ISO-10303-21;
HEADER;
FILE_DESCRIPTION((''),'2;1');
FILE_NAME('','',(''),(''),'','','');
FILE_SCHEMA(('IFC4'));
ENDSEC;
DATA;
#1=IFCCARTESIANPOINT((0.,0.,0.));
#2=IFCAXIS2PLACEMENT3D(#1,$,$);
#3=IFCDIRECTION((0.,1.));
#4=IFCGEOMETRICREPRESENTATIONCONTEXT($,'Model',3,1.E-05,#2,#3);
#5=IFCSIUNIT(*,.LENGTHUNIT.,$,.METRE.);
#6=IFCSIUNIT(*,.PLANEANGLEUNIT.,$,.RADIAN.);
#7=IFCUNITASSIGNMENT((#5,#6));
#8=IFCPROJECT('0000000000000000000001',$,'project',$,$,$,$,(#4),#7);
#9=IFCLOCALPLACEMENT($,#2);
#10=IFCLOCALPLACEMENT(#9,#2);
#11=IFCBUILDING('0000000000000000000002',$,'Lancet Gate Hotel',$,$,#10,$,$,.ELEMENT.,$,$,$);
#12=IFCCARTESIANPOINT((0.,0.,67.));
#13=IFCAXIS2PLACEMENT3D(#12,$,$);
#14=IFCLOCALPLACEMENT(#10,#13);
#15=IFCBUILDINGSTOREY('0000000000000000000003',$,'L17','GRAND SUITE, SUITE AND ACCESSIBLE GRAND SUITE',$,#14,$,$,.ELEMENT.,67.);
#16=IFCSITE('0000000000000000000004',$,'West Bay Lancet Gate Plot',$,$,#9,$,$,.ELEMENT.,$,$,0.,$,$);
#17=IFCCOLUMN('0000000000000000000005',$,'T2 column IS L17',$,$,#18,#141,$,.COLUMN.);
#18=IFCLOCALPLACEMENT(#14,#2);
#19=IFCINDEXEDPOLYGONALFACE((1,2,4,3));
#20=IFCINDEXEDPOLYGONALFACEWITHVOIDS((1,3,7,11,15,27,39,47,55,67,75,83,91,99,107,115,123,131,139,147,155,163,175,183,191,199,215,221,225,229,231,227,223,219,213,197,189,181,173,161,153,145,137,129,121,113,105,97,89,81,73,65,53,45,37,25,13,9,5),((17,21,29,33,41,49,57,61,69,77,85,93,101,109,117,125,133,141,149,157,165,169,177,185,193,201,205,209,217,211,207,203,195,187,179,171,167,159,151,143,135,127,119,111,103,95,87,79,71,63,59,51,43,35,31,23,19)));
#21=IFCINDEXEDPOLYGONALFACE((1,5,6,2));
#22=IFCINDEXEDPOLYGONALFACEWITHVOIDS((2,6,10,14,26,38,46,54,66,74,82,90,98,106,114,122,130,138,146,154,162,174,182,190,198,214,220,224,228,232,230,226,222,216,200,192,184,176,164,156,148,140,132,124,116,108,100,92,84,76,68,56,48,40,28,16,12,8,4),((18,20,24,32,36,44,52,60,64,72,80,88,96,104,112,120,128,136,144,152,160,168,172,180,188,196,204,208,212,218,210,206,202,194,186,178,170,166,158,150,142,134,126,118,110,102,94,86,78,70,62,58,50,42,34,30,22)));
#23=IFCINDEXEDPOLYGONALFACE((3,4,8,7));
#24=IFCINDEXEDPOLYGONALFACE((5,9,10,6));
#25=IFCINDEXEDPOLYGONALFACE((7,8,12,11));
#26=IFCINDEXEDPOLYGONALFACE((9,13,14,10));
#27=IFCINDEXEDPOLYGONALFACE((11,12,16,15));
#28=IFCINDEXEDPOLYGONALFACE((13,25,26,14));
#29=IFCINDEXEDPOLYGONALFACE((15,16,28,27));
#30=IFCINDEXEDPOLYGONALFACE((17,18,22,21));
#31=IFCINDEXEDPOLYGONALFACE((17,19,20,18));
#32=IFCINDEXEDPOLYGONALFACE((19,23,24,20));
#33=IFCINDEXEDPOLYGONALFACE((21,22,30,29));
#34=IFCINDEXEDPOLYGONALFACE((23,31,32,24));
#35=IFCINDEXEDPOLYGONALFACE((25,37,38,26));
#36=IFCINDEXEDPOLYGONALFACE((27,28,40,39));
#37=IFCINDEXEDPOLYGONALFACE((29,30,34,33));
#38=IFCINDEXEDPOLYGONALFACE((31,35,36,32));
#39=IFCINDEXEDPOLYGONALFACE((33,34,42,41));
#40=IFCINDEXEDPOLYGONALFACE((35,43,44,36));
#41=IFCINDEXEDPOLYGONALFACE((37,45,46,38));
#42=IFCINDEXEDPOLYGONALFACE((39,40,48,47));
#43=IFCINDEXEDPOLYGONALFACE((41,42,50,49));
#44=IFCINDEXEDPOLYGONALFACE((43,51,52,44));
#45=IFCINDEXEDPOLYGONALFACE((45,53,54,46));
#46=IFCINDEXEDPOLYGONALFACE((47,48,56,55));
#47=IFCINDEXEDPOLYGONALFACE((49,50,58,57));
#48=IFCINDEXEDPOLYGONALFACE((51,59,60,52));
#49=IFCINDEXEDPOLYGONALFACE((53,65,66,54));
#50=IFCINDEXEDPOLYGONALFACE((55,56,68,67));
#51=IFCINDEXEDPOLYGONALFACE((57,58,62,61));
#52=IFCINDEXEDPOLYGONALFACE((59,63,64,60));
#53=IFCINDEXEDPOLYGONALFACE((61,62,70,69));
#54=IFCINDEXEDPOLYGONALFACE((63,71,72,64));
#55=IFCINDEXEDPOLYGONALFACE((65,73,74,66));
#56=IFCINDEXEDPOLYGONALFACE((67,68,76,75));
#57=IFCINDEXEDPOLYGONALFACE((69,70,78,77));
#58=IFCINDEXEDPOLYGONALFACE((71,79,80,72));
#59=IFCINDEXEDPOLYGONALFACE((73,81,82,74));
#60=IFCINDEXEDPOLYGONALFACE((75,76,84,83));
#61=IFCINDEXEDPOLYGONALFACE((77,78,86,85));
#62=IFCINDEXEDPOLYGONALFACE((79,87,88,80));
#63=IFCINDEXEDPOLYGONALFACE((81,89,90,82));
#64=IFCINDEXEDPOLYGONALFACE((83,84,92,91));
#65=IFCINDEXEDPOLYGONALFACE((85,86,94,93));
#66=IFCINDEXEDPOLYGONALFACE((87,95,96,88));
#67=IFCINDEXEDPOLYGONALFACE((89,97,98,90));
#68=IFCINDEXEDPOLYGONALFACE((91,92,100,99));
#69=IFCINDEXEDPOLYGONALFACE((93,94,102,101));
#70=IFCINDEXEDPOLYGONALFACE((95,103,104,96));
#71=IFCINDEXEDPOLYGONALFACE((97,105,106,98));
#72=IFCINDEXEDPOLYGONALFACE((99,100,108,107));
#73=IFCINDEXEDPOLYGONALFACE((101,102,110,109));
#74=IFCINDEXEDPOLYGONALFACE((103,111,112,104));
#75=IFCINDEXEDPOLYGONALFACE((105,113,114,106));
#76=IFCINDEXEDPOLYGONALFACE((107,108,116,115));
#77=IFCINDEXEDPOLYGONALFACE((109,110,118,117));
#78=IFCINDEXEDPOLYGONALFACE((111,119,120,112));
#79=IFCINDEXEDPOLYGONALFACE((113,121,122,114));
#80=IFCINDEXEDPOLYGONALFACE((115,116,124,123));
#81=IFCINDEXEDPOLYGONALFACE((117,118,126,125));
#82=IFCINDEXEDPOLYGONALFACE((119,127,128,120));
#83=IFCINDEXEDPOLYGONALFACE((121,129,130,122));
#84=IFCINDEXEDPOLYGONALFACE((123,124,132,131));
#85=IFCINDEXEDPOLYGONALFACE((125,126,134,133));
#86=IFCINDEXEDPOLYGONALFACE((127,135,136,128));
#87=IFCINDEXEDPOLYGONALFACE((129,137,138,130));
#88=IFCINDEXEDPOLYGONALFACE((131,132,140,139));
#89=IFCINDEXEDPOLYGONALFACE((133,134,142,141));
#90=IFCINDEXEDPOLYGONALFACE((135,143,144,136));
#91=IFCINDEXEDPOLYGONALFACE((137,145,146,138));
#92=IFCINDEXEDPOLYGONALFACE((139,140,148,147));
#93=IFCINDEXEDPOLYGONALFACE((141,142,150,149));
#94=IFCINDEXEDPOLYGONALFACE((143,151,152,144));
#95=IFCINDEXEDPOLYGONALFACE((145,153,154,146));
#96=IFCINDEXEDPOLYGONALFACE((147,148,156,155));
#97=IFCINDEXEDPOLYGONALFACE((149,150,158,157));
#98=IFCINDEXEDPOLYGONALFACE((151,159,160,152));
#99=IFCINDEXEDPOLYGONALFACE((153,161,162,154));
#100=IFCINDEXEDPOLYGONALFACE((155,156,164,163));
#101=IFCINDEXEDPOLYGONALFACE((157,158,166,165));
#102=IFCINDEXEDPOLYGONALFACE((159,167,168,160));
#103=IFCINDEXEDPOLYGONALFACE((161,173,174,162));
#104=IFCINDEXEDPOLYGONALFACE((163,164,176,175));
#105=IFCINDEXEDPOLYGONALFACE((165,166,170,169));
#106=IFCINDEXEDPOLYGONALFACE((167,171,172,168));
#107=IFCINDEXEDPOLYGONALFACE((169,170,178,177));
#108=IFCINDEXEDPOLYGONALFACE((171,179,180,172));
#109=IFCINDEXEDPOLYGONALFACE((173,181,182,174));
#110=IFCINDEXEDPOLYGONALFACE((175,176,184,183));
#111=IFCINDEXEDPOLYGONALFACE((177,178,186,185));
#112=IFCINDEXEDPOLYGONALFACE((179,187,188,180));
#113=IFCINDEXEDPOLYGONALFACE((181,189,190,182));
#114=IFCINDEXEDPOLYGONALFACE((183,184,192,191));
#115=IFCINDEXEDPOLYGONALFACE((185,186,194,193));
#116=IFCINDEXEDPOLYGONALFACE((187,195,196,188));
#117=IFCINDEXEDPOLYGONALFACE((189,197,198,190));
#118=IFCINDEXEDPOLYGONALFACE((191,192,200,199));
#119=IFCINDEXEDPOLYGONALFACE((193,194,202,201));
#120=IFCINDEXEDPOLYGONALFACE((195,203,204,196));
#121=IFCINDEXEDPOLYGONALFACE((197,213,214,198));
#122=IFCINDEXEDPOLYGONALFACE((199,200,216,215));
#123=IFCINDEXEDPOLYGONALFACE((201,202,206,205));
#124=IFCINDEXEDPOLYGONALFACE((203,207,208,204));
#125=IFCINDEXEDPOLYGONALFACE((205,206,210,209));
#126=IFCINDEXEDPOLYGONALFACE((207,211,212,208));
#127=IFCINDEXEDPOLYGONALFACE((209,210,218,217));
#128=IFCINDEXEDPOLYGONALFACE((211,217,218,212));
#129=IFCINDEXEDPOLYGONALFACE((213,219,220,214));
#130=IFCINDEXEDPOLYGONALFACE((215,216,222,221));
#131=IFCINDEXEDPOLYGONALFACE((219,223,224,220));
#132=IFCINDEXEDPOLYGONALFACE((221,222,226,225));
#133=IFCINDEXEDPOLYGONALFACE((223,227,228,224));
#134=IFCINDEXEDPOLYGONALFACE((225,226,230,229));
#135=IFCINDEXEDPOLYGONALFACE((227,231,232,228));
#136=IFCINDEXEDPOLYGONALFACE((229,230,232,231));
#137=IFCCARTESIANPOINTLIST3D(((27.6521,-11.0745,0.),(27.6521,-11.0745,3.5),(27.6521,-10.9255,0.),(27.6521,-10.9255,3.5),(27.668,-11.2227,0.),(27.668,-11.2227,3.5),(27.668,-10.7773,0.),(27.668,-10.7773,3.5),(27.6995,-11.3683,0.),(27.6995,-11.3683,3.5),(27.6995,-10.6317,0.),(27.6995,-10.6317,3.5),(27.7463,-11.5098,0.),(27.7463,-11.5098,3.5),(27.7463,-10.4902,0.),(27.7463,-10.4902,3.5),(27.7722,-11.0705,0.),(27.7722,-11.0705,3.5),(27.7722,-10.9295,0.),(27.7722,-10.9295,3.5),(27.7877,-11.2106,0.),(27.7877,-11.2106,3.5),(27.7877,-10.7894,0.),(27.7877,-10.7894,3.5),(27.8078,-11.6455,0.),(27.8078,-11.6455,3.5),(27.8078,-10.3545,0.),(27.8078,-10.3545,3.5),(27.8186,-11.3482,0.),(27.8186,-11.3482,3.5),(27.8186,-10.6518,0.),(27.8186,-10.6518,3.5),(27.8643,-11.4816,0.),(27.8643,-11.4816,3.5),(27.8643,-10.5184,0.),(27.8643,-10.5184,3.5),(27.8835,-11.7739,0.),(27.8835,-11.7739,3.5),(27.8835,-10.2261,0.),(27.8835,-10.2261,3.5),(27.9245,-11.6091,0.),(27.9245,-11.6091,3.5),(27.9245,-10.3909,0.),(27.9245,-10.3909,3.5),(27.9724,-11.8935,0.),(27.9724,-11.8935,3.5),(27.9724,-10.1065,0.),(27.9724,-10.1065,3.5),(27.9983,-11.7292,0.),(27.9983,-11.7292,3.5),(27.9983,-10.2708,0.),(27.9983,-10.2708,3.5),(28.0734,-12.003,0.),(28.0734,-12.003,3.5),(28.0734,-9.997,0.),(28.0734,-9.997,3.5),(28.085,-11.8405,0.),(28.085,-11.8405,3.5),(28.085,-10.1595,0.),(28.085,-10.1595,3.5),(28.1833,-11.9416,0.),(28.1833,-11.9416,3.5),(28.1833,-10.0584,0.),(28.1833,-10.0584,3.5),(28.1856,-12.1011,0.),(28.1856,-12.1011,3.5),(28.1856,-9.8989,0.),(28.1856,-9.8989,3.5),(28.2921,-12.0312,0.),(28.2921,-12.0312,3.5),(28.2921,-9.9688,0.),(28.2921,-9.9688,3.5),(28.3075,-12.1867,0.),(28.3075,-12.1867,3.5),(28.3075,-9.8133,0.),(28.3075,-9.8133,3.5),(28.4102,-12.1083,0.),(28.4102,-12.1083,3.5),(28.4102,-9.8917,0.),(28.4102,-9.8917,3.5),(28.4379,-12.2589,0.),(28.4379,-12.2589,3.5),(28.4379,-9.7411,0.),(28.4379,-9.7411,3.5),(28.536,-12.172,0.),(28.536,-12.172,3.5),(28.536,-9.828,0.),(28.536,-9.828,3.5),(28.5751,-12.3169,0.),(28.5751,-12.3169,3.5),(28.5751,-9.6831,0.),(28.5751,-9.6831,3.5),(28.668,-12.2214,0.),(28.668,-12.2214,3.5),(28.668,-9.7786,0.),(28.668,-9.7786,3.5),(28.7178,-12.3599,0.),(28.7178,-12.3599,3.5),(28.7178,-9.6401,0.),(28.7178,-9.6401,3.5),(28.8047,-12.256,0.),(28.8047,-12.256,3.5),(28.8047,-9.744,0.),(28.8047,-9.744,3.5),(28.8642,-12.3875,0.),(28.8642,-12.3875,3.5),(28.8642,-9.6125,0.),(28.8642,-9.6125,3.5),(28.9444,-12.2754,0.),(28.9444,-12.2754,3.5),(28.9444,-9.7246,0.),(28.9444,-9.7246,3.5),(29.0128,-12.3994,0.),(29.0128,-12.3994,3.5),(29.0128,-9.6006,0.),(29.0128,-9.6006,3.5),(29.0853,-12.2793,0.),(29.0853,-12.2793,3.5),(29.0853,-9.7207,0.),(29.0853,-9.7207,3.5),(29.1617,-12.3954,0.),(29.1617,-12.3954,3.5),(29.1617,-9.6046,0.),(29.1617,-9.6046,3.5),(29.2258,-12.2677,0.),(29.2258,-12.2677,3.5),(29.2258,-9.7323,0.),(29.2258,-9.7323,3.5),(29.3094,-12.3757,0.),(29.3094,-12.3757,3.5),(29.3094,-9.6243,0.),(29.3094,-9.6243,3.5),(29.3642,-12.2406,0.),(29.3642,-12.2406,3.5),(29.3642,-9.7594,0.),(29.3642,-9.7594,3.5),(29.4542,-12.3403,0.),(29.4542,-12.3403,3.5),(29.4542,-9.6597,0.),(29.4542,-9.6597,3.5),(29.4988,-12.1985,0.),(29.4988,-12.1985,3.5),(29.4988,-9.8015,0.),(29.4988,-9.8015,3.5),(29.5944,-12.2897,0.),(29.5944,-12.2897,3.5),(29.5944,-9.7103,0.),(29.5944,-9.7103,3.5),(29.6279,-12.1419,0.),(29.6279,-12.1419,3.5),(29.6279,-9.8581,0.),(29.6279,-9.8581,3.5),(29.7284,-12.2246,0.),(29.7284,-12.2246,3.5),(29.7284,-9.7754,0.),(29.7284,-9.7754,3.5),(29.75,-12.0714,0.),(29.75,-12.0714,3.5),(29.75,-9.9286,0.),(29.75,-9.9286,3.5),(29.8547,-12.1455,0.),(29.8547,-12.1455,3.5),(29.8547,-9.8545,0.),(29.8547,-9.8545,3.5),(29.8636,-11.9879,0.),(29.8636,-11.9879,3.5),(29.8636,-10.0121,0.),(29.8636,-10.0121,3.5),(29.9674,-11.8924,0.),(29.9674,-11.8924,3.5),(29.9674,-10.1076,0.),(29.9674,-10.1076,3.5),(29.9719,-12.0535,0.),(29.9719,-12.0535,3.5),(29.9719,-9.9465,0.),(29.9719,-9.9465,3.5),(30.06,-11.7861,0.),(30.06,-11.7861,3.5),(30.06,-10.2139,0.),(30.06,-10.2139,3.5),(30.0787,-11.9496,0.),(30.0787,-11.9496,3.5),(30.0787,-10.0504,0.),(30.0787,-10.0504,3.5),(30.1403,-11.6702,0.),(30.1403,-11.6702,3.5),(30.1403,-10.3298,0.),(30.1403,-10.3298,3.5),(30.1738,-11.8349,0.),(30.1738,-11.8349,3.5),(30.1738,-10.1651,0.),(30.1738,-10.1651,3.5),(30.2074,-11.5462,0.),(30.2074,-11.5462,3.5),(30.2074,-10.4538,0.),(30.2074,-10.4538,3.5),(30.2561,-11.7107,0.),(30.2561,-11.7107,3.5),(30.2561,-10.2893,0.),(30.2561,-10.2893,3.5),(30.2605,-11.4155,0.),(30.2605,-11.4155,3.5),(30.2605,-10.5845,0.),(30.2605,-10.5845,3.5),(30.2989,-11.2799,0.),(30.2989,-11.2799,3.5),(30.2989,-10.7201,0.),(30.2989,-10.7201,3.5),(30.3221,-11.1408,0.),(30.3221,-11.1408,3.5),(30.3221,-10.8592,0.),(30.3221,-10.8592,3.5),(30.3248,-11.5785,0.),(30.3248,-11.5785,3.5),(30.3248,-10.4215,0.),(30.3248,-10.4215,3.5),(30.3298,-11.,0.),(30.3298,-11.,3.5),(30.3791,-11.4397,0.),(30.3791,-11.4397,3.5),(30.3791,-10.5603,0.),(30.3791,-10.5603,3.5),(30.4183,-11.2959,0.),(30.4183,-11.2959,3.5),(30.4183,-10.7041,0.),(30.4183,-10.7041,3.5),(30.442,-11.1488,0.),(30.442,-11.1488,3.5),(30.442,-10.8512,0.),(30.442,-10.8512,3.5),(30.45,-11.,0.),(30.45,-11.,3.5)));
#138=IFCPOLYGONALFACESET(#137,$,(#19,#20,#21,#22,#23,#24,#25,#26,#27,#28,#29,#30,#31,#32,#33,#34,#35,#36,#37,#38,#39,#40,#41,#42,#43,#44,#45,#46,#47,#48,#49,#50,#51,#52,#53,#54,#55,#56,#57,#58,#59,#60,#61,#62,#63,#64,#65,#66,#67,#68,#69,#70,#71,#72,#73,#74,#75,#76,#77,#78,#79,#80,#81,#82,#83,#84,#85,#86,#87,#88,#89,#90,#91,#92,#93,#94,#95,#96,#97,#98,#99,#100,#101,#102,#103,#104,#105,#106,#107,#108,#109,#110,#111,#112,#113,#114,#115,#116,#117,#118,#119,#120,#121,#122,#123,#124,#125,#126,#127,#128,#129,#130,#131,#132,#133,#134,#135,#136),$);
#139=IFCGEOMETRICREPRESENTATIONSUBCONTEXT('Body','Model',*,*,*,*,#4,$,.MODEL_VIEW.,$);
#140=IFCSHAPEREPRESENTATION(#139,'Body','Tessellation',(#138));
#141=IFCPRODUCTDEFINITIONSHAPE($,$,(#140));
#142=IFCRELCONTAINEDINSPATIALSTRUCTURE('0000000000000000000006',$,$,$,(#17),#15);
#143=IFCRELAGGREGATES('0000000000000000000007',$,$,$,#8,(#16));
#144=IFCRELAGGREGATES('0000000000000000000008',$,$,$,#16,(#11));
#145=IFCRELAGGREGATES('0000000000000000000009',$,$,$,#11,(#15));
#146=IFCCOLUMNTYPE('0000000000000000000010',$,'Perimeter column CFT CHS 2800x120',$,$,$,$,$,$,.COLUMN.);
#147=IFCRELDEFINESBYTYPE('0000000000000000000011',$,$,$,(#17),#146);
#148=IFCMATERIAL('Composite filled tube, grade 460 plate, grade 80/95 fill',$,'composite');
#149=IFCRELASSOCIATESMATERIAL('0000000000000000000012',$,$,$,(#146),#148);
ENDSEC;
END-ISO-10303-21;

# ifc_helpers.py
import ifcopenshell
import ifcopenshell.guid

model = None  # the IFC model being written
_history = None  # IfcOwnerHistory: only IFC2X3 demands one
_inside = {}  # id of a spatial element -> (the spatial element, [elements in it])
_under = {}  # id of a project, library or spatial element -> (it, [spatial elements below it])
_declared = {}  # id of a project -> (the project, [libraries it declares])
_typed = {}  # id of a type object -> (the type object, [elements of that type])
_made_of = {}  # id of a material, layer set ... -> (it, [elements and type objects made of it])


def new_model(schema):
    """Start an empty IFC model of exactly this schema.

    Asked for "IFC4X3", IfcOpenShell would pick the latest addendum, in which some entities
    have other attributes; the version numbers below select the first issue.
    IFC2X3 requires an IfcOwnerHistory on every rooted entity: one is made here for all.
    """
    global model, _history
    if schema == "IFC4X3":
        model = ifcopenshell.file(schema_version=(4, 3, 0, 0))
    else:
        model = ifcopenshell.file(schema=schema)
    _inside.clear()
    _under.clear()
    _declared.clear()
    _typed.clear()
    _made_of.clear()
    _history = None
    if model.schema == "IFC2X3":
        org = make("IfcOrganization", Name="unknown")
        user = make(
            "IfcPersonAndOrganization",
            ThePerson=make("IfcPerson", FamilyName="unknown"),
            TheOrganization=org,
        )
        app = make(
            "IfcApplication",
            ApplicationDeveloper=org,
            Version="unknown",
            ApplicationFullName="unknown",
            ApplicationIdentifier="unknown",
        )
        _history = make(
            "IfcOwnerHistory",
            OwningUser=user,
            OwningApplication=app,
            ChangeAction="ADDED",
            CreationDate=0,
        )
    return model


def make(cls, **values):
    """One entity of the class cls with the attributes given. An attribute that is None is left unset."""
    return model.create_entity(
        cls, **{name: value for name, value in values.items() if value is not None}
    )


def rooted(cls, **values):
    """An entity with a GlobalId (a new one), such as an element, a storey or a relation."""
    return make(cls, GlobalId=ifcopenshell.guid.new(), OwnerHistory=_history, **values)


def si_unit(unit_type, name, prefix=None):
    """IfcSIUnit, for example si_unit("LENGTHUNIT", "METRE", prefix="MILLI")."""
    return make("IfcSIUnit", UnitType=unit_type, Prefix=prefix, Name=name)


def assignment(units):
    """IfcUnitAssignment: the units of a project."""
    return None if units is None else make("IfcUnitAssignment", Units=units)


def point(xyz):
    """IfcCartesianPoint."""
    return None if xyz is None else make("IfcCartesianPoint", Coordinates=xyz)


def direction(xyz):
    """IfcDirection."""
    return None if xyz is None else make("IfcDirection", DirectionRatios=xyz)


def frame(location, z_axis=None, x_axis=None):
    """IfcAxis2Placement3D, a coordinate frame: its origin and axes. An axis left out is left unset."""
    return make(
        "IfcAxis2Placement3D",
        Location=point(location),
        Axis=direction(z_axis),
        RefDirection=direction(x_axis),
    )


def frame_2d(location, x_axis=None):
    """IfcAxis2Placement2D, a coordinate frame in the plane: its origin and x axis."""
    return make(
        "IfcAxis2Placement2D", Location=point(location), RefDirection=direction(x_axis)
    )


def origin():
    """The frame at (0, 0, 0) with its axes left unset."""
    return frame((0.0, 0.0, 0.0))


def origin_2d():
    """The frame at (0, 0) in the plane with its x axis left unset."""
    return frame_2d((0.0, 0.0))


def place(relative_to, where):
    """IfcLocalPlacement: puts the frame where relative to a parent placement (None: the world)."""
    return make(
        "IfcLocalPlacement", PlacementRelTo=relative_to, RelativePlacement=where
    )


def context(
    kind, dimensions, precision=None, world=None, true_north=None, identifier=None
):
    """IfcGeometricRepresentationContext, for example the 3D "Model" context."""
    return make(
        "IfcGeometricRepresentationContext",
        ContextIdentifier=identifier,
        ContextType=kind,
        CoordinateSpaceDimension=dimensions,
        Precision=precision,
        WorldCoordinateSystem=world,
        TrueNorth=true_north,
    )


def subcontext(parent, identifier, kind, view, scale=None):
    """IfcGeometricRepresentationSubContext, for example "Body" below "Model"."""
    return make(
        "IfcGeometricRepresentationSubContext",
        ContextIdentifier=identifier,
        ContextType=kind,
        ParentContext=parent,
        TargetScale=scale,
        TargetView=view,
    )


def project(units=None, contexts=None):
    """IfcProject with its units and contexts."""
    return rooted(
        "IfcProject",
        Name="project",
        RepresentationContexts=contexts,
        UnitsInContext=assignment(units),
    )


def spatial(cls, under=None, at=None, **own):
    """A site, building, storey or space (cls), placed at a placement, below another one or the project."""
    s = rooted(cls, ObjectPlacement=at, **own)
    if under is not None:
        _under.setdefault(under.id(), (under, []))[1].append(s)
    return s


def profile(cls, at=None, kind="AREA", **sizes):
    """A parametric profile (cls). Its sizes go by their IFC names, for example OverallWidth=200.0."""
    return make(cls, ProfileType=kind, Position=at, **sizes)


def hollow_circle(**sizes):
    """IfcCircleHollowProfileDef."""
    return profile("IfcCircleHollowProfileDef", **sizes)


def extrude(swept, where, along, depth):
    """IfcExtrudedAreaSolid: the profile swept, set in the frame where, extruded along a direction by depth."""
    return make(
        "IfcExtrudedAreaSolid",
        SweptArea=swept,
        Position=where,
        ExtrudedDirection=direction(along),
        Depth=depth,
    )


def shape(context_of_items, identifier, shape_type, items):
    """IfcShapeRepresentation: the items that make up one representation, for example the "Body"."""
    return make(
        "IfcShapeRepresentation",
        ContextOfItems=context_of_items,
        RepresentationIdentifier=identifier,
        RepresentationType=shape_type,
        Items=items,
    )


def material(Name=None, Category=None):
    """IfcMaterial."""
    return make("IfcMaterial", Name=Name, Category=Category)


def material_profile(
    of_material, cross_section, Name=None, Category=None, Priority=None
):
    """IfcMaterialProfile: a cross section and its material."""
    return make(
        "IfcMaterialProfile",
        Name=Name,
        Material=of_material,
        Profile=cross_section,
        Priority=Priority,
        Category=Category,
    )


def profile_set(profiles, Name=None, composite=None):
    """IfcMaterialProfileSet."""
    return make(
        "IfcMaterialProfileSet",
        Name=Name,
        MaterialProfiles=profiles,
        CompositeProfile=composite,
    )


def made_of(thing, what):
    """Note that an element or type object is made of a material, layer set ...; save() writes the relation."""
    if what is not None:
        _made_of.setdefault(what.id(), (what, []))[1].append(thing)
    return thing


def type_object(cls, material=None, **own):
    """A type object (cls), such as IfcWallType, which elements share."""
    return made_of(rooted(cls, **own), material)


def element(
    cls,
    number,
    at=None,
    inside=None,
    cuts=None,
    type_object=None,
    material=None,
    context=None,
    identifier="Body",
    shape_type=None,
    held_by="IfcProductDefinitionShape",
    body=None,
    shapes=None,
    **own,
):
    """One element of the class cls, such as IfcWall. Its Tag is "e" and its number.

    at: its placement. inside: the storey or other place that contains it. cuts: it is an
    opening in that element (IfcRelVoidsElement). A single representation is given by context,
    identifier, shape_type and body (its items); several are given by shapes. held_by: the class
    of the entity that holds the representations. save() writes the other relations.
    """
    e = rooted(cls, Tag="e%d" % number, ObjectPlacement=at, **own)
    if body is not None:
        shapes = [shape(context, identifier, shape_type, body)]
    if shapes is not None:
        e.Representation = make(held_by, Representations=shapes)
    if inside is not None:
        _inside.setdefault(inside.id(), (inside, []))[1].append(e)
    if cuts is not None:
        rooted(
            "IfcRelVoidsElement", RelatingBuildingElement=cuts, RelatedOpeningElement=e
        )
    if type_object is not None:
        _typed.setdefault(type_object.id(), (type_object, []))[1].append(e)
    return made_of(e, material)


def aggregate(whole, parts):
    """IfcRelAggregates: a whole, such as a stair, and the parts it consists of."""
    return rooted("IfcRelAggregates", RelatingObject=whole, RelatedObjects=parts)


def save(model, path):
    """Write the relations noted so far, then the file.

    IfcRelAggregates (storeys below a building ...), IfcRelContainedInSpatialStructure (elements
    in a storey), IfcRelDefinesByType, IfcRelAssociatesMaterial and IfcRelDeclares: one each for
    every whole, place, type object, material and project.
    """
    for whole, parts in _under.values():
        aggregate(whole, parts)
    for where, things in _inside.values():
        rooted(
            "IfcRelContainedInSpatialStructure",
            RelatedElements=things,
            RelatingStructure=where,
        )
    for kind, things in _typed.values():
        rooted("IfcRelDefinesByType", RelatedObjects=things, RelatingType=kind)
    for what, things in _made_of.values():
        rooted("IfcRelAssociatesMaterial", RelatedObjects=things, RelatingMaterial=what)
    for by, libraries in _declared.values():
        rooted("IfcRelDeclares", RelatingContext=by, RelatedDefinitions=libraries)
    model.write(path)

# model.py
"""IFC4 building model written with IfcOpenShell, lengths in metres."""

from ifc_helpers import new_model, si_unit, direction, frame, origin, origin_2d, place, context, subcontext, project, spatial, hollow_circle, extrude, material, material_profile, profile_set, type_object, element, save


model = new_model("IFC4")

# Units and contexts
model_context = context("Model", 3, precision=1e-05, world=origin(), true_north=direction((0.0, 1.0)))
body_context = subcontext(model_context, "Body", "Model", "MODEL_VIEW")
ifc_project = project(units=[si_unit("LENGTHUNIT", "METRE"), si_unit("PLANEANGLEUNIT", "RADIAN")], contexts=[model_context])

# Site, building, storey
site_placement = place(None, origin())
site = spatial("IfcSite", under=ifc_project, at=site_placement, Name="West Bay Lancet Gate Plot", CompositionType="ELEMENT", RefElevation=0.0)
building_placement = place(site_placement, origin())
building = spatial("IfcBuilding", under=site, at=building_placement, Name="Lancet Gate Hotel", CompositionType="ELEMENT")
storey_placement = place(building_placement, frame((0.0, 0.0, 67.0)))
storey = spatial("IfcBuildingStorey", under=building, at=storey_placement, Name="L17", Description="GRAND SUITE, SUITE AND ACCESSIBLE GRAND SUITE", CompositionType="ELEMENT", Elevation=67.0)

# Column
ifc_material_1 = material(Name="Composite filled tube, grade 460 plate, grade 80/95 fill", Category="composite")
ifc_material_profile_1 = material_profile(ifc_material_1, hollow_circle(Radius=1.3999, WallThickness=0.1201, at=origin_2d()), Name="CHS 2800x120")
ifc_profile_set_1 = profile_set([ifc_material_profile_1], Name="Composite filled tube, grade 460 plate, grade 80/95 fill")
column_type = type_object("IfcColumnType", Name="Perimeter column CFT CHS 2800x120", PredefinedType="COLUMN", material=ifc_profile_set_1)
for number, where, z_axis, x_axis, name in (
    (1, (29.05, -11.0, 0.0), (0.0, 0.0, 1.0), (1.0, 0.0, 0.0), "T2 column IS L17"),
):
    element("IfcColumn", number, at=place(storey_placement, frame(where, z_axis=z_axis, x_axis=x_axis)), inside=storey, type_object=column_type, Name=name, PredefinedType="COLUMN", context=body_context, shape_type="SweptSolid", body=[
        extrude(hollow_circle(Radius=1.3999, WallThickness=0.1201, at=origin_2d()), origin(), (0.0, 0.0, 1.0), 3.5),
    ])

save(model, "model.ifc")
